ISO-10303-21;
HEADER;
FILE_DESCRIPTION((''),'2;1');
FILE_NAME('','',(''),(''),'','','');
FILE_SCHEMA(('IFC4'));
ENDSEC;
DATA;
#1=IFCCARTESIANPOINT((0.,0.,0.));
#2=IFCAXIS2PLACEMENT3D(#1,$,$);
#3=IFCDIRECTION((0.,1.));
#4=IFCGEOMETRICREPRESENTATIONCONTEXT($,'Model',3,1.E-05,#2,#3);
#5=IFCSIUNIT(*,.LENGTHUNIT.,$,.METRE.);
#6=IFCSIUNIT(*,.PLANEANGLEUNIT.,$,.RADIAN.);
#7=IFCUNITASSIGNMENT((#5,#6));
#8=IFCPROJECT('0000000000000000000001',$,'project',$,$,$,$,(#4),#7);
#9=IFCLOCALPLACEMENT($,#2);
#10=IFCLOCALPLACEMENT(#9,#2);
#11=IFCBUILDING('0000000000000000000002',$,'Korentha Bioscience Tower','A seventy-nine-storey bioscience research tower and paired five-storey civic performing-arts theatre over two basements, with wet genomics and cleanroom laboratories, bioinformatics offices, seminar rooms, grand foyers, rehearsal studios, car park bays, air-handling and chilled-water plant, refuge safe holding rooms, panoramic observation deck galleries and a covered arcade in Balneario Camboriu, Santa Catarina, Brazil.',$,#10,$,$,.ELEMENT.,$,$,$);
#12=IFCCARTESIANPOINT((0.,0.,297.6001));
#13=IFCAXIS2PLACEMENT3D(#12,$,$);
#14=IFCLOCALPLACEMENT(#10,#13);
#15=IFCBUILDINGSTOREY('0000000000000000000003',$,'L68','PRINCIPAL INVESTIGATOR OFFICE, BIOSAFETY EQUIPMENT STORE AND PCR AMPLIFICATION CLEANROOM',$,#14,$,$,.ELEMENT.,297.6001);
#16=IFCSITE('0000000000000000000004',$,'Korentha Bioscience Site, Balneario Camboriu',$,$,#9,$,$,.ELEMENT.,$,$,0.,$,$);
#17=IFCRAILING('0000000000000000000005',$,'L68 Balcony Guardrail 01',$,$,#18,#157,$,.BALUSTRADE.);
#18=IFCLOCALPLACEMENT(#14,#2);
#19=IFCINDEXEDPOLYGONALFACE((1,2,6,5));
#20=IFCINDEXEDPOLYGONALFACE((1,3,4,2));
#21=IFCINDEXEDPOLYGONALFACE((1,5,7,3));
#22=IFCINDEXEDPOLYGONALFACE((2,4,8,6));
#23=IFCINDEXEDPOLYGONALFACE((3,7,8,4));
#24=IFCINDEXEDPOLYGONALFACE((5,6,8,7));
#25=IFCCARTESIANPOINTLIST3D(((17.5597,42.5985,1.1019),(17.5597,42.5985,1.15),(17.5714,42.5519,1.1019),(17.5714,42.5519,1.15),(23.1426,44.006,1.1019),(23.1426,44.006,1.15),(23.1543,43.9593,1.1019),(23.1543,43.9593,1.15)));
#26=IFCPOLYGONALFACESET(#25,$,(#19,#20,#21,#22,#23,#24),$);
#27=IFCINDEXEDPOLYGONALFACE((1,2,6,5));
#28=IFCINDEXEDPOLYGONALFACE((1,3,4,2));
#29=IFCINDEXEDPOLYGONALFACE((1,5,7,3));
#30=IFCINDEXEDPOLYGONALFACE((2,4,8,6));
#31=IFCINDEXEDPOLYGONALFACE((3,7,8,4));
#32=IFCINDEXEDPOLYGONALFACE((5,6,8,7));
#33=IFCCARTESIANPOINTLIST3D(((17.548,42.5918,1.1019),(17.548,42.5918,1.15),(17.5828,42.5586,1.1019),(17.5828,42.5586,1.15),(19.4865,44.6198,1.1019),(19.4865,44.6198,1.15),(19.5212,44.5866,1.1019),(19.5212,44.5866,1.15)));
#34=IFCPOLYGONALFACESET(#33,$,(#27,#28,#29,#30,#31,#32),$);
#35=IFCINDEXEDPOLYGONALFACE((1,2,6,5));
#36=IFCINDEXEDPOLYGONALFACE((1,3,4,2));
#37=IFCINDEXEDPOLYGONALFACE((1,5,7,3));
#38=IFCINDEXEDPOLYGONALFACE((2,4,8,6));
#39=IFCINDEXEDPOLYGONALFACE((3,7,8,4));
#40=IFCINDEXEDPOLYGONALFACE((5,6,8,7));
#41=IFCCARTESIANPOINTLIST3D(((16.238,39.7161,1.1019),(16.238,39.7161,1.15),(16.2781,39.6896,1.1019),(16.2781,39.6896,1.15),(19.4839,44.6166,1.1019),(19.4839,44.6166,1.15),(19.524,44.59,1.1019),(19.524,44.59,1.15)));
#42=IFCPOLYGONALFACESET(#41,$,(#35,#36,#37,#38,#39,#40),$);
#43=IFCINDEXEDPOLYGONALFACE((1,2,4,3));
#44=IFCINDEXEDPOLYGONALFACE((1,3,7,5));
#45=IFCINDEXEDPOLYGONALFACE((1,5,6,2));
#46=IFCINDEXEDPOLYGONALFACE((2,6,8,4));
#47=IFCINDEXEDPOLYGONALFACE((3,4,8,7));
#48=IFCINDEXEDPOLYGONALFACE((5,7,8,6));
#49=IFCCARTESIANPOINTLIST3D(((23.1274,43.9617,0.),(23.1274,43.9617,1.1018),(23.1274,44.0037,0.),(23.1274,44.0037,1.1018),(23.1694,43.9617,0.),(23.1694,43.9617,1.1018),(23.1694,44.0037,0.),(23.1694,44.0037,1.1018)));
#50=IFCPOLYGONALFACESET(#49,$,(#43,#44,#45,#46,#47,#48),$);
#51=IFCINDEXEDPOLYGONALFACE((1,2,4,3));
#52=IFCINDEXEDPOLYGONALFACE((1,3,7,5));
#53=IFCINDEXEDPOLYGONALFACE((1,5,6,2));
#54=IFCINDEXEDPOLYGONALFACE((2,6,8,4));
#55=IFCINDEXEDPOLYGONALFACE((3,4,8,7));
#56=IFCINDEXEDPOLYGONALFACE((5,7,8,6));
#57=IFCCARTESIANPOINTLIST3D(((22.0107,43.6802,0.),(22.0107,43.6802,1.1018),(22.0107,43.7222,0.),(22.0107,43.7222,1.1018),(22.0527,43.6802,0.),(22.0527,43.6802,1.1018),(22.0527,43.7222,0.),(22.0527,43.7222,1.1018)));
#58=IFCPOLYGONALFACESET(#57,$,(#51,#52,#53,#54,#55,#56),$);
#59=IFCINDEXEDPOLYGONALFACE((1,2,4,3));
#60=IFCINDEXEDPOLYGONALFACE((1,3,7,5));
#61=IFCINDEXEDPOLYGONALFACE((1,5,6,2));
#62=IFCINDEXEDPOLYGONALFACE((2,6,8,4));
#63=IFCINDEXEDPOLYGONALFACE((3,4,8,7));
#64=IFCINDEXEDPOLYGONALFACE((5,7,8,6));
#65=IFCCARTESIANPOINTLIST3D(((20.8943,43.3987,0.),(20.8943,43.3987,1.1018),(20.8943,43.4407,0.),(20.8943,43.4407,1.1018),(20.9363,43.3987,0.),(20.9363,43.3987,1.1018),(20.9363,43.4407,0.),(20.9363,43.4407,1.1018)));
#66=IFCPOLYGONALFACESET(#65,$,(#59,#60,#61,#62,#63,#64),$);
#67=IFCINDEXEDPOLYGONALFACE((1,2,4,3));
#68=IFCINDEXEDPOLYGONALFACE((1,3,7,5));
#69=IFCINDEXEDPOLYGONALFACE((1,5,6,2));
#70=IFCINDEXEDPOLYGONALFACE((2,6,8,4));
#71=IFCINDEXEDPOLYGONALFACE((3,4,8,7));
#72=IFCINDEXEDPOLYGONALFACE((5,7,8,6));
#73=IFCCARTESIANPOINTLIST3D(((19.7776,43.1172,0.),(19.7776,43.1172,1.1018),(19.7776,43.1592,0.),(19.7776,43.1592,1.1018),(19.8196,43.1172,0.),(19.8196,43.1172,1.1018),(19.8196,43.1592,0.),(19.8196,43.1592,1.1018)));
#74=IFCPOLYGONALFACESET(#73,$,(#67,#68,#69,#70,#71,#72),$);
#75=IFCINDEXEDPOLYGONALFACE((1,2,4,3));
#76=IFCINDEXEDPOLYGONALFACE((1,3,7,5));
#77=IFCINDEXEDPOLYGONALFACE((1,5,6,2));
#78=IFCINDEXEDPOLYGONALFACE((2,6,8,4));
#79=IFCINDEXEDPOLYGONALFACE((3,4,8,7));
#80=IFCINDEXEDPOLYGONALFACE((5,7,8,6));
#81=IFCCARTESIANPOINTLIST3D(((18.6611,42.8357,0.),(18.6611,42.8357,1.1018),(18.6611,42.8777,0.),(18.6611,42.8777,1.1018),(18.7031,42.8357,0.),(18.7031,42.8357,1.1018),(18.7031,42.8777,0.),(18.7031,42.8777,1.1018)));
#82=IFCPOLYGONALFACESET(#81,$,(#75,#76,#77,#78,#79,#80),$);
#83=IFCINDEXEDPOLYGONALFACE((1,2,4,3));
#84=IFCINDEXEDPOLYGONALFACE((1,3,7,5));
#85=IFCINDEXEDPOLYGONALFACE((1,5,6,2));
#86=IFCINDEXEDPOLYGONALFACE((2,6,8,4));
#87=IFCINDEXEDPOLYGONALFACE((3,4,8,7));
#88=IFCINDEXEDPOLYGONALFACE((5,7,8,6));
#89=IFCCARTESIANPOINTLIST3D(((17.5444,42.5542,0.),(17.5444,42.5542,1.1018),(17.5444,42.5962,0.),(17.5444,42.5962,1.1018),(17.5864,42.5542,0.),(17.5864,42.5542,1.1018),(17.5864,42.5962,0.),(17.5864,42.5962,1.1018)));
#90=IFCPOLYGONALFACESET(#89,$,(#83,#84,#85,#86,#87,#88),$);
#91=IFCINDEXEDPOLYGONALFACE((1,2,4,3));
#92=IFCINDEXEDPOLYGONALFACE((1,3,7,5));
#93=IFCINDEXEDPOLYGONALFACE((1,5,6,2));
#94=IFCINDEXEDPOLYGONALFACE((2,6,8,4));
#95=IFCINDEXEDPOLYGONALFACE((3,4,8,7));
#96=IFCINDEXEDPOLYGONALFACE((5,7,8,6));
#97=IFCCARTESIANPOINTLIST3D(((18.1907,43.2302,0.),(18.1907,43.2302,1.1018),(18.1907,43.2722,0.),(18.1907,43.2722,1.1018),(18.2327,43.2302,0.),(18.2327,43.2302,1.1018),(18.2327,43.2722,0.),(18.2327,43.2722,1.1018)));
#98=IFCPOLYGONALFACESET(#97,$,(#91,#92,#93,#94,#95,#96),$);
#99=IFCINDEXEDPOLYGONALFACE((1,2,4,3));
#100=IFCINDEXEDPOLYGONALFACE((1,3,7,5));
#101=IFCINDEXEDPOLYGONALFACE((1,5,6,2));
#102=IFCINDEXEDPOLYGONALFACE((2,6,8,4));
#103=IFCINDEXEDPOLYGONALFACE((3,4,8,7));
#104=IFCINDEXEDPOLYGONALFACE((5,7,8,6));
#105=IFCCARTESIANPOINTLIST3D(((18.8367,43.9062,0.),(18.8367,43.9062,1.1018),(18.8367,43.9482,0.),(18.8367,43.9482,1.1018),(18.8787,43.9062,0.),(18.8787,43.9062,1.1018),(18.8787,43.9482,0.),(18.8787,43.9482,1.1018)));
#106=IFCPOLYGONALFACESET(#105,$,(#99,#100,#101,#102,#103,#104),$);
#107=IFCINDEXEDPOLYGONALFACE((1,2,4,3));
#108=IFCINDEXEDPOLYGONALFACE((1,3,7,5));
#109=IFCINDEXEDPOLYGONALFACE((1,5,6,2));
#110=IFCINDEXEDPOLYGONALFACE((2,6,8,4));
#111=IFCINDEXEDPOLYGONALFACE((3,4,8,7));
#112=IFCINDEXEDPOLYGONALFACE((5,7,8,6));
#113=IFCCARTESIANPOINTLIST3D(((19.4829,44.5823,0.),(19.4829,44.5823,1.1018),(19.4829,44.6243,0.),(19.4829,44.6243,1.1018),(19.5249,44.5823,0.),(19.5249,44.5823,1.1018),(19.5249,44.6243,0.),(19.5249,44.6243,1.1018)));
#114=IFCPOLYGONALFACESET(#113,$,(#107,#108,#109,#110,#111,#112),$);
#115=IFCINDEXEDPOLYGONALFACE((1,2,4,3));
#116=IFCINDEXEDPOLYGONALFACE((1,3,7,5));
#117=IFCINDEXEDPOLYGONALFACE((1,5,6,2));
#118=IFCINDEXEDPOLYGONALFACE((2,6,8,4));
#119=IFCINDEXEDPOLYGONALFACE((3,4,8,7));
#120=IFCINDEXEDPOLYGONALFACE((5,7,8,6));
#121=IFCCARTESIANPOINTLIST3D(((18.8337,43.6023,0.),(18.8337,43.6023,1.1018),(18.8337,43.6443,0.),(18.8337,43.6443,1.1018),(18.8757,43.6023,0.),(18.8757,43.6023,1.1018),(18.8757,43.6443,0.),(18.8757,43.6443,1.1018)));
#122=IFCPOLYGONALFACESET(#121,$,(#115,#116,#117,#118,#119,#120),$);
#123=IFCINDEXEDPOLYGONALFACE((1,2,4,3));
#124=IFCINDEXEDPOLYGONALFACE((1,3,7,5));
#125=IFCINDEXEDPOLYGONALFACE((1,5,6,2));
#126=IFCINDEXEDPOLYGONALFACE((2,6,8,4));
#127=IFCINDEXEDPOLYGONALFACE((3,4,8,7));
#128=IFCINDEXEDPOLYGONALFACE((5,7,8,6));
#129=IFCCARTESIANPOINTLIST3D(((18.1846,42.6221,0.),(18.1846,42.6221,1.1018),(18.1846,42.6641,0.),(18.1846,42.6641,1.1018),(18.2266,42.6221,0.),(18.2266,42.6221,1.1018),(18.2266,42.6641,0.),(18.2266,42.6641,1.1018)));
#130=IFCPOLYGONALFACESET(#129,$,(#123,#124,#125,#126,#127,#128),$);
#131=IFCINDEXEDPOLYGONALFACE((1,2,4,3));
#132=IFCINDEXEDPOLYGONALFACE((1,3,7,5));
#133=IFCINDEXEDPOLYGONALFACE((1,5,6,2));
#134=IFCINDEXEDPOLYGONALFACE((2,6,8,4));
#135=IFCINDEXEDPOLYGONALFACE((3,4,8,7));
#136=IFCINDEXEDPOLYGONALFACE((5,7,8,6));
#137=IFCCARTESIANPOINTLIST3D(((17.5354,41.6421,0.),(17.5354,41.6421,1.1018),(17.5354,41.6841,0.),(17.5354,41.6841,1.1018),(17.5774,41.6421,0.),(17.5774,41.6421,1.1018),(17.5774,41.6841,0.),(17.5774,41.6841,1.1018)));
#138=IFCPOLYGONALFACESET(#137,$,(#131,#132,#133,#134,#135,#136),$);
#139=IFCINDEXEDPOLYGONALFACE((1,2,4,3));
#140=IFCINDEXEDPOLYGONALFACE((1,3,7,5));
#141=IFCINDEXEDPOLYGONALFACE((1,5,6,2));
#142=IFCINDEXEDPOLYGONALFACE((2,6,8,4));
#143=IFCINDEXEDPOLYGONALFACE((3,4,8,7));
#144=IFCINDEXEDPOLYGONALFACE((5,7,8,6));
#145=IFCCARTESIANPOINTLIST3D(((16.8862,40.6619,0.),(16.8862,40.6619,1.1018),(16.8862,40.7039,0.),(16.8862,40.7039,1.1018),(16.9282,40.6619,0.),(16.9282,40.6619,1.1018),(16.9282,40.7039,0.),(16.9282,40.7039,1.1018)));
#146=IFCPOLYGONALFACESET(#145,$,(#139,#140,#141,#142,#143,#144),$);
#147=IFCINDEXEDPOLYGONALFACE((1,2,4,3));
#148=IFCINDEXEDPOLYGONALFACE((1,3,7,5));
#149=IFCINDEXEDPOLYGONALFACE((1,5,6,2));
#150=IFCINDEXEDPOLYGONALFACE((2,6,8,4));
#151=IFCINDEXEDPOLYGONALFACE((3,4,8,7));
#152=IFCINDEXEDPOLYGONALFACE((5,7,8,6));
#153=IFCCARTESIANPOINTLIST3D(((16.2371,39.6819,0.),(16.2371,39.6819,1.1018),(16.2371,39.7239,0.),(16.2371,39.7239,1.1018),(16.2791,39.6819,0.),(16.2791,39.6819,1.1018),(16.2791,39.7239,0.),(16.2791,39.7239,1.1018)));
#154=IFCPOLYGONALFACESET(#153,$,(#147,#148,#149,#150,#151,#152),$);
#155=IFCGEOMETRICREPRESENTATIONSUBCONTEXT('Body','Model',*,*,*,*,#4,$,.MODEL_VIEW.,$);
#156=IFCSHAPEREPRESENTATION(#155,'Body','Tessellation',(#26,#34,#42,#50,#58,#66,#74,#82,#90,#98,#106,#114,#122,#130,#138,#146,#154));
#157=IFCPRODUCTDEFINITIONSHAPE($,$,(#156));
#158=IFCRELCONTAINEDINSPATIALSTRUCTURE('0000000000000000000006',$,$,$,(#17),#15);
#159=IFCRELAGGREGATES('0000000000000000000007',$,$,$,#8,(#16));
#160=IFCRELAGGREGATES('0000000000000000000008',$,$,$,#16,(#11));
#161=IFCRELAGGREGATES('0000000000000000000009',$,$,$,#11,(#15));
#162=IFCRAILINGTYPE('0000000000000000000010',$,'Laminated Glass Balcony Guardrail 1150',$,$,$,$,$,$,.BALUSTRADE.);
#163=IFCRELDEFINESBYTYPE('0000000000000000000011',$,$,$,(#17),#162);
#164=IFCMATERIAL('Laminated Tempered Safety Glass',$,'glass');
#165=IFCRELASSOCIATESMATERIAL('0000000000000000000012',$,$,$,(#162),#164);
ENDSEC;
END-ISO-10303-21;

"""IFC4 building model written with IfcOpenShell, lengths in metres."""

from ifc_helpers import new_model, si_unit, direction, frame, origin, origin_2d, place, context, subcontext, project, spatial, rectangle, extrude, material, type_object, element, save


model = new_model("IFC4")

# Units and contexts
model_context = context("Model", 3, precision=1e-05, world=origin(), true_north=direction((0.0, 1.0)))
body_context = subcontext(model_context, "Body", "Model", "MODEL_VIEW")
ifc_project = project(units=[si_unit("LENGTHUNIT", "METRE"), si_unit("PLANEANGLEUNIT", "RADIAN")], contexts=[model_context])

# Site, building, storey
site_placement = place(None, origin())
site = spatial("IfcSite", under=ifc_project, at=site_placement, Name="Korentha Bioscience Site, Balneario Camboriu", CompositionType="ELEMENT", RefElevation=0.0)
building_placement = place(site_placement, origin())
building = spatial("IfcBuilding", under=site, at=building_placement, Name="Korentha Bioscience Tower", Description="A seventy-nine-storey bioscience research tower and paired five-storey civic performing-arts theatre over two basements, with wet genomics and cleanroom laboratories, bioinformatics offices, seminar rooms, grand foyers, rehearsal studios, car park bays, air-handling and chilled-water plant, refuge safe holding rooms, panoramic observation deck galleries and a covered arcade in Balneario Camboriu, Santa Catarina, Brazil.", CompositionType="ELEMENT")
storey_placement = place(building_placement, frame((0.0, 0.0, 297.6001)))
storey = spatial("IfcBuildingStorey", under=building, at=storey_placement, Name="L68", Description="PRINCIPAL INVESTIGATOR OFFICE, BIOSAFETY EQUIPMENT STORE AND PCR AMPLIFICATION CLEANROOM", CompositionType="ELEMENT", Elevation=297.6001)

# Railing
ifc_material_1 = material(Name="Laminated Tempered Safety Glass", Category="glass")
railing_type = type_object("IfcRailingType", Name="Laminated Glass Balcony Guardrail 1150", PredefinedType="BALUSTRADE", material=ifc_material_1)
railing_placement = place(storey_placement, frame((23.1484, 43.9827, 0.0)))
element("IfcRailing", 1, at=railing_placement, inside=storey, type_object=railing_type, Name="L68 Balcony Guardrail 01", PredefinedType="BALUSTRADE", context=body_context, shape_type="SweptSolid", body=[
    extrude(rectangle(XDim=0.0481, YDim=0.0481, at=origin_2d()), frame((0.0, 0.0, 1.126), z_axis=(-0.969662, -0.244451, 0.0), x_axis=(0.244451, -0.969662, 0.0)), (0.0, 0.0, 1.0), 5.7576),
    extrude(rectangle(XDim=0.0481, YDim=0.0481, at=origin_2d()), frame((-5.583, -1.4075, 1.126), z_axis=(0.690958, 0.722895, 0.0), x_axis=(-0.722895, 0.690958, 0.0)), (0.0, 0.0, 1.0), 2.8054),
    extrude(rectangle(XDim=0.0481, YDim=0.0481, at=origin_2d()), frame((-3.6445, 0.6206, 1.126), z_axis=(-0.552215, -0.833702, 0.0), x_axis=(0.833702, -0.552215, 0.0)), (0.0, 0.0, 1.0), 5.8779),
    extrude(rectangle(XDim=0.042, YDim=0.042, at=origin_2d()), origin(), (0.0, 0.0, 1.0), 1.1018),
    extrude(rectangle(XDim=0.042, YDim=0.042, at=origin_2d()), frame((-1.1167, -0.2815, 0.0)), (0.0, 0.0, 1.0), 1.1018),
    extrude(rectangle(XDim=0.042, YDim=0.042, at=origin_2d()), frame((-2.2332, -0.563, 0.0)), (0.0, 0.0, 1.0), 1.1018),
    extrude(rectangle(XDim=0.042, YDim=0.042, at=origin_2d()), frame((-3.3499, -0.8445, 0.0)), (0.0, 0.0, 1.0), 1.1018),
    extrude(rectangle(XDim=0.042, YDim=0.042, at=origin_2d()), frame((-4.4663, -1.126, 0.0)), (0.0, 0.0, 1.0), 1.1018),
    extrude(rectangle(XDim=0.042, YDim=0.042, at=origin_2d()), frame((-5.583, -1.4075, 0.0)), (0.0, 0.0, 1.0), 1.1018),
    extrude(rectangle(XDim=0.042, YDim=0.042, at=origin_2d()), frame((-4.9368, -0.7314, 0.0)), (0.0, 0.0, 1.0), 1.1018),
    extrude(rectangle(XDim=0.042, YDim=0.042, at=origin_2d()), frame((-4.2908, -0.0554, 0.0)), (0.0, 0.0, 1.0), 1.1018),
    extrude(rectangle(XDim=0.042, YDim=0.042, at=origin_2d()), frame((-3.6445, 0.6206, 0.0)), (0.0, 0.0, 1.0), 1.1018),
    extrude(rectangle(XDim=0.042, YDim=0.042, at=origin_2d()), frame((-4.2937, -0.3594, 0.0)), (0.0, 0.0, 1.0), 1.1018),
    extrude(rectangle(XDim=0.042, YDim=0.042, at=origin_2d()), frame((-4.9429, -1.3396, 0.0)), (0.0, 0.0, 1.0), 1.1018),
    extrude(rectangle(XDim=0.042, YDim=0.042, at=origin_2d()), frame((-5.592, -2.3196, 0.0)), (0.0, 0.0, 1.0), 1.1018),
    extrude(rectangle(XDim=0.042, YDim=0.042, at=origin_2d()), frame((-6.2412, -3.2998, 0.0)), (0.0, 0.0, 1.0), 1.1018),
    extrude(rectangle(XDim=0.042, YDim=0.042, at=origin_2d()), frame((-6.8904, -4.2798, 0.0)), (0.0, 0.0, 1.0), 1.1018),
])

save(model, "model.ifc")
